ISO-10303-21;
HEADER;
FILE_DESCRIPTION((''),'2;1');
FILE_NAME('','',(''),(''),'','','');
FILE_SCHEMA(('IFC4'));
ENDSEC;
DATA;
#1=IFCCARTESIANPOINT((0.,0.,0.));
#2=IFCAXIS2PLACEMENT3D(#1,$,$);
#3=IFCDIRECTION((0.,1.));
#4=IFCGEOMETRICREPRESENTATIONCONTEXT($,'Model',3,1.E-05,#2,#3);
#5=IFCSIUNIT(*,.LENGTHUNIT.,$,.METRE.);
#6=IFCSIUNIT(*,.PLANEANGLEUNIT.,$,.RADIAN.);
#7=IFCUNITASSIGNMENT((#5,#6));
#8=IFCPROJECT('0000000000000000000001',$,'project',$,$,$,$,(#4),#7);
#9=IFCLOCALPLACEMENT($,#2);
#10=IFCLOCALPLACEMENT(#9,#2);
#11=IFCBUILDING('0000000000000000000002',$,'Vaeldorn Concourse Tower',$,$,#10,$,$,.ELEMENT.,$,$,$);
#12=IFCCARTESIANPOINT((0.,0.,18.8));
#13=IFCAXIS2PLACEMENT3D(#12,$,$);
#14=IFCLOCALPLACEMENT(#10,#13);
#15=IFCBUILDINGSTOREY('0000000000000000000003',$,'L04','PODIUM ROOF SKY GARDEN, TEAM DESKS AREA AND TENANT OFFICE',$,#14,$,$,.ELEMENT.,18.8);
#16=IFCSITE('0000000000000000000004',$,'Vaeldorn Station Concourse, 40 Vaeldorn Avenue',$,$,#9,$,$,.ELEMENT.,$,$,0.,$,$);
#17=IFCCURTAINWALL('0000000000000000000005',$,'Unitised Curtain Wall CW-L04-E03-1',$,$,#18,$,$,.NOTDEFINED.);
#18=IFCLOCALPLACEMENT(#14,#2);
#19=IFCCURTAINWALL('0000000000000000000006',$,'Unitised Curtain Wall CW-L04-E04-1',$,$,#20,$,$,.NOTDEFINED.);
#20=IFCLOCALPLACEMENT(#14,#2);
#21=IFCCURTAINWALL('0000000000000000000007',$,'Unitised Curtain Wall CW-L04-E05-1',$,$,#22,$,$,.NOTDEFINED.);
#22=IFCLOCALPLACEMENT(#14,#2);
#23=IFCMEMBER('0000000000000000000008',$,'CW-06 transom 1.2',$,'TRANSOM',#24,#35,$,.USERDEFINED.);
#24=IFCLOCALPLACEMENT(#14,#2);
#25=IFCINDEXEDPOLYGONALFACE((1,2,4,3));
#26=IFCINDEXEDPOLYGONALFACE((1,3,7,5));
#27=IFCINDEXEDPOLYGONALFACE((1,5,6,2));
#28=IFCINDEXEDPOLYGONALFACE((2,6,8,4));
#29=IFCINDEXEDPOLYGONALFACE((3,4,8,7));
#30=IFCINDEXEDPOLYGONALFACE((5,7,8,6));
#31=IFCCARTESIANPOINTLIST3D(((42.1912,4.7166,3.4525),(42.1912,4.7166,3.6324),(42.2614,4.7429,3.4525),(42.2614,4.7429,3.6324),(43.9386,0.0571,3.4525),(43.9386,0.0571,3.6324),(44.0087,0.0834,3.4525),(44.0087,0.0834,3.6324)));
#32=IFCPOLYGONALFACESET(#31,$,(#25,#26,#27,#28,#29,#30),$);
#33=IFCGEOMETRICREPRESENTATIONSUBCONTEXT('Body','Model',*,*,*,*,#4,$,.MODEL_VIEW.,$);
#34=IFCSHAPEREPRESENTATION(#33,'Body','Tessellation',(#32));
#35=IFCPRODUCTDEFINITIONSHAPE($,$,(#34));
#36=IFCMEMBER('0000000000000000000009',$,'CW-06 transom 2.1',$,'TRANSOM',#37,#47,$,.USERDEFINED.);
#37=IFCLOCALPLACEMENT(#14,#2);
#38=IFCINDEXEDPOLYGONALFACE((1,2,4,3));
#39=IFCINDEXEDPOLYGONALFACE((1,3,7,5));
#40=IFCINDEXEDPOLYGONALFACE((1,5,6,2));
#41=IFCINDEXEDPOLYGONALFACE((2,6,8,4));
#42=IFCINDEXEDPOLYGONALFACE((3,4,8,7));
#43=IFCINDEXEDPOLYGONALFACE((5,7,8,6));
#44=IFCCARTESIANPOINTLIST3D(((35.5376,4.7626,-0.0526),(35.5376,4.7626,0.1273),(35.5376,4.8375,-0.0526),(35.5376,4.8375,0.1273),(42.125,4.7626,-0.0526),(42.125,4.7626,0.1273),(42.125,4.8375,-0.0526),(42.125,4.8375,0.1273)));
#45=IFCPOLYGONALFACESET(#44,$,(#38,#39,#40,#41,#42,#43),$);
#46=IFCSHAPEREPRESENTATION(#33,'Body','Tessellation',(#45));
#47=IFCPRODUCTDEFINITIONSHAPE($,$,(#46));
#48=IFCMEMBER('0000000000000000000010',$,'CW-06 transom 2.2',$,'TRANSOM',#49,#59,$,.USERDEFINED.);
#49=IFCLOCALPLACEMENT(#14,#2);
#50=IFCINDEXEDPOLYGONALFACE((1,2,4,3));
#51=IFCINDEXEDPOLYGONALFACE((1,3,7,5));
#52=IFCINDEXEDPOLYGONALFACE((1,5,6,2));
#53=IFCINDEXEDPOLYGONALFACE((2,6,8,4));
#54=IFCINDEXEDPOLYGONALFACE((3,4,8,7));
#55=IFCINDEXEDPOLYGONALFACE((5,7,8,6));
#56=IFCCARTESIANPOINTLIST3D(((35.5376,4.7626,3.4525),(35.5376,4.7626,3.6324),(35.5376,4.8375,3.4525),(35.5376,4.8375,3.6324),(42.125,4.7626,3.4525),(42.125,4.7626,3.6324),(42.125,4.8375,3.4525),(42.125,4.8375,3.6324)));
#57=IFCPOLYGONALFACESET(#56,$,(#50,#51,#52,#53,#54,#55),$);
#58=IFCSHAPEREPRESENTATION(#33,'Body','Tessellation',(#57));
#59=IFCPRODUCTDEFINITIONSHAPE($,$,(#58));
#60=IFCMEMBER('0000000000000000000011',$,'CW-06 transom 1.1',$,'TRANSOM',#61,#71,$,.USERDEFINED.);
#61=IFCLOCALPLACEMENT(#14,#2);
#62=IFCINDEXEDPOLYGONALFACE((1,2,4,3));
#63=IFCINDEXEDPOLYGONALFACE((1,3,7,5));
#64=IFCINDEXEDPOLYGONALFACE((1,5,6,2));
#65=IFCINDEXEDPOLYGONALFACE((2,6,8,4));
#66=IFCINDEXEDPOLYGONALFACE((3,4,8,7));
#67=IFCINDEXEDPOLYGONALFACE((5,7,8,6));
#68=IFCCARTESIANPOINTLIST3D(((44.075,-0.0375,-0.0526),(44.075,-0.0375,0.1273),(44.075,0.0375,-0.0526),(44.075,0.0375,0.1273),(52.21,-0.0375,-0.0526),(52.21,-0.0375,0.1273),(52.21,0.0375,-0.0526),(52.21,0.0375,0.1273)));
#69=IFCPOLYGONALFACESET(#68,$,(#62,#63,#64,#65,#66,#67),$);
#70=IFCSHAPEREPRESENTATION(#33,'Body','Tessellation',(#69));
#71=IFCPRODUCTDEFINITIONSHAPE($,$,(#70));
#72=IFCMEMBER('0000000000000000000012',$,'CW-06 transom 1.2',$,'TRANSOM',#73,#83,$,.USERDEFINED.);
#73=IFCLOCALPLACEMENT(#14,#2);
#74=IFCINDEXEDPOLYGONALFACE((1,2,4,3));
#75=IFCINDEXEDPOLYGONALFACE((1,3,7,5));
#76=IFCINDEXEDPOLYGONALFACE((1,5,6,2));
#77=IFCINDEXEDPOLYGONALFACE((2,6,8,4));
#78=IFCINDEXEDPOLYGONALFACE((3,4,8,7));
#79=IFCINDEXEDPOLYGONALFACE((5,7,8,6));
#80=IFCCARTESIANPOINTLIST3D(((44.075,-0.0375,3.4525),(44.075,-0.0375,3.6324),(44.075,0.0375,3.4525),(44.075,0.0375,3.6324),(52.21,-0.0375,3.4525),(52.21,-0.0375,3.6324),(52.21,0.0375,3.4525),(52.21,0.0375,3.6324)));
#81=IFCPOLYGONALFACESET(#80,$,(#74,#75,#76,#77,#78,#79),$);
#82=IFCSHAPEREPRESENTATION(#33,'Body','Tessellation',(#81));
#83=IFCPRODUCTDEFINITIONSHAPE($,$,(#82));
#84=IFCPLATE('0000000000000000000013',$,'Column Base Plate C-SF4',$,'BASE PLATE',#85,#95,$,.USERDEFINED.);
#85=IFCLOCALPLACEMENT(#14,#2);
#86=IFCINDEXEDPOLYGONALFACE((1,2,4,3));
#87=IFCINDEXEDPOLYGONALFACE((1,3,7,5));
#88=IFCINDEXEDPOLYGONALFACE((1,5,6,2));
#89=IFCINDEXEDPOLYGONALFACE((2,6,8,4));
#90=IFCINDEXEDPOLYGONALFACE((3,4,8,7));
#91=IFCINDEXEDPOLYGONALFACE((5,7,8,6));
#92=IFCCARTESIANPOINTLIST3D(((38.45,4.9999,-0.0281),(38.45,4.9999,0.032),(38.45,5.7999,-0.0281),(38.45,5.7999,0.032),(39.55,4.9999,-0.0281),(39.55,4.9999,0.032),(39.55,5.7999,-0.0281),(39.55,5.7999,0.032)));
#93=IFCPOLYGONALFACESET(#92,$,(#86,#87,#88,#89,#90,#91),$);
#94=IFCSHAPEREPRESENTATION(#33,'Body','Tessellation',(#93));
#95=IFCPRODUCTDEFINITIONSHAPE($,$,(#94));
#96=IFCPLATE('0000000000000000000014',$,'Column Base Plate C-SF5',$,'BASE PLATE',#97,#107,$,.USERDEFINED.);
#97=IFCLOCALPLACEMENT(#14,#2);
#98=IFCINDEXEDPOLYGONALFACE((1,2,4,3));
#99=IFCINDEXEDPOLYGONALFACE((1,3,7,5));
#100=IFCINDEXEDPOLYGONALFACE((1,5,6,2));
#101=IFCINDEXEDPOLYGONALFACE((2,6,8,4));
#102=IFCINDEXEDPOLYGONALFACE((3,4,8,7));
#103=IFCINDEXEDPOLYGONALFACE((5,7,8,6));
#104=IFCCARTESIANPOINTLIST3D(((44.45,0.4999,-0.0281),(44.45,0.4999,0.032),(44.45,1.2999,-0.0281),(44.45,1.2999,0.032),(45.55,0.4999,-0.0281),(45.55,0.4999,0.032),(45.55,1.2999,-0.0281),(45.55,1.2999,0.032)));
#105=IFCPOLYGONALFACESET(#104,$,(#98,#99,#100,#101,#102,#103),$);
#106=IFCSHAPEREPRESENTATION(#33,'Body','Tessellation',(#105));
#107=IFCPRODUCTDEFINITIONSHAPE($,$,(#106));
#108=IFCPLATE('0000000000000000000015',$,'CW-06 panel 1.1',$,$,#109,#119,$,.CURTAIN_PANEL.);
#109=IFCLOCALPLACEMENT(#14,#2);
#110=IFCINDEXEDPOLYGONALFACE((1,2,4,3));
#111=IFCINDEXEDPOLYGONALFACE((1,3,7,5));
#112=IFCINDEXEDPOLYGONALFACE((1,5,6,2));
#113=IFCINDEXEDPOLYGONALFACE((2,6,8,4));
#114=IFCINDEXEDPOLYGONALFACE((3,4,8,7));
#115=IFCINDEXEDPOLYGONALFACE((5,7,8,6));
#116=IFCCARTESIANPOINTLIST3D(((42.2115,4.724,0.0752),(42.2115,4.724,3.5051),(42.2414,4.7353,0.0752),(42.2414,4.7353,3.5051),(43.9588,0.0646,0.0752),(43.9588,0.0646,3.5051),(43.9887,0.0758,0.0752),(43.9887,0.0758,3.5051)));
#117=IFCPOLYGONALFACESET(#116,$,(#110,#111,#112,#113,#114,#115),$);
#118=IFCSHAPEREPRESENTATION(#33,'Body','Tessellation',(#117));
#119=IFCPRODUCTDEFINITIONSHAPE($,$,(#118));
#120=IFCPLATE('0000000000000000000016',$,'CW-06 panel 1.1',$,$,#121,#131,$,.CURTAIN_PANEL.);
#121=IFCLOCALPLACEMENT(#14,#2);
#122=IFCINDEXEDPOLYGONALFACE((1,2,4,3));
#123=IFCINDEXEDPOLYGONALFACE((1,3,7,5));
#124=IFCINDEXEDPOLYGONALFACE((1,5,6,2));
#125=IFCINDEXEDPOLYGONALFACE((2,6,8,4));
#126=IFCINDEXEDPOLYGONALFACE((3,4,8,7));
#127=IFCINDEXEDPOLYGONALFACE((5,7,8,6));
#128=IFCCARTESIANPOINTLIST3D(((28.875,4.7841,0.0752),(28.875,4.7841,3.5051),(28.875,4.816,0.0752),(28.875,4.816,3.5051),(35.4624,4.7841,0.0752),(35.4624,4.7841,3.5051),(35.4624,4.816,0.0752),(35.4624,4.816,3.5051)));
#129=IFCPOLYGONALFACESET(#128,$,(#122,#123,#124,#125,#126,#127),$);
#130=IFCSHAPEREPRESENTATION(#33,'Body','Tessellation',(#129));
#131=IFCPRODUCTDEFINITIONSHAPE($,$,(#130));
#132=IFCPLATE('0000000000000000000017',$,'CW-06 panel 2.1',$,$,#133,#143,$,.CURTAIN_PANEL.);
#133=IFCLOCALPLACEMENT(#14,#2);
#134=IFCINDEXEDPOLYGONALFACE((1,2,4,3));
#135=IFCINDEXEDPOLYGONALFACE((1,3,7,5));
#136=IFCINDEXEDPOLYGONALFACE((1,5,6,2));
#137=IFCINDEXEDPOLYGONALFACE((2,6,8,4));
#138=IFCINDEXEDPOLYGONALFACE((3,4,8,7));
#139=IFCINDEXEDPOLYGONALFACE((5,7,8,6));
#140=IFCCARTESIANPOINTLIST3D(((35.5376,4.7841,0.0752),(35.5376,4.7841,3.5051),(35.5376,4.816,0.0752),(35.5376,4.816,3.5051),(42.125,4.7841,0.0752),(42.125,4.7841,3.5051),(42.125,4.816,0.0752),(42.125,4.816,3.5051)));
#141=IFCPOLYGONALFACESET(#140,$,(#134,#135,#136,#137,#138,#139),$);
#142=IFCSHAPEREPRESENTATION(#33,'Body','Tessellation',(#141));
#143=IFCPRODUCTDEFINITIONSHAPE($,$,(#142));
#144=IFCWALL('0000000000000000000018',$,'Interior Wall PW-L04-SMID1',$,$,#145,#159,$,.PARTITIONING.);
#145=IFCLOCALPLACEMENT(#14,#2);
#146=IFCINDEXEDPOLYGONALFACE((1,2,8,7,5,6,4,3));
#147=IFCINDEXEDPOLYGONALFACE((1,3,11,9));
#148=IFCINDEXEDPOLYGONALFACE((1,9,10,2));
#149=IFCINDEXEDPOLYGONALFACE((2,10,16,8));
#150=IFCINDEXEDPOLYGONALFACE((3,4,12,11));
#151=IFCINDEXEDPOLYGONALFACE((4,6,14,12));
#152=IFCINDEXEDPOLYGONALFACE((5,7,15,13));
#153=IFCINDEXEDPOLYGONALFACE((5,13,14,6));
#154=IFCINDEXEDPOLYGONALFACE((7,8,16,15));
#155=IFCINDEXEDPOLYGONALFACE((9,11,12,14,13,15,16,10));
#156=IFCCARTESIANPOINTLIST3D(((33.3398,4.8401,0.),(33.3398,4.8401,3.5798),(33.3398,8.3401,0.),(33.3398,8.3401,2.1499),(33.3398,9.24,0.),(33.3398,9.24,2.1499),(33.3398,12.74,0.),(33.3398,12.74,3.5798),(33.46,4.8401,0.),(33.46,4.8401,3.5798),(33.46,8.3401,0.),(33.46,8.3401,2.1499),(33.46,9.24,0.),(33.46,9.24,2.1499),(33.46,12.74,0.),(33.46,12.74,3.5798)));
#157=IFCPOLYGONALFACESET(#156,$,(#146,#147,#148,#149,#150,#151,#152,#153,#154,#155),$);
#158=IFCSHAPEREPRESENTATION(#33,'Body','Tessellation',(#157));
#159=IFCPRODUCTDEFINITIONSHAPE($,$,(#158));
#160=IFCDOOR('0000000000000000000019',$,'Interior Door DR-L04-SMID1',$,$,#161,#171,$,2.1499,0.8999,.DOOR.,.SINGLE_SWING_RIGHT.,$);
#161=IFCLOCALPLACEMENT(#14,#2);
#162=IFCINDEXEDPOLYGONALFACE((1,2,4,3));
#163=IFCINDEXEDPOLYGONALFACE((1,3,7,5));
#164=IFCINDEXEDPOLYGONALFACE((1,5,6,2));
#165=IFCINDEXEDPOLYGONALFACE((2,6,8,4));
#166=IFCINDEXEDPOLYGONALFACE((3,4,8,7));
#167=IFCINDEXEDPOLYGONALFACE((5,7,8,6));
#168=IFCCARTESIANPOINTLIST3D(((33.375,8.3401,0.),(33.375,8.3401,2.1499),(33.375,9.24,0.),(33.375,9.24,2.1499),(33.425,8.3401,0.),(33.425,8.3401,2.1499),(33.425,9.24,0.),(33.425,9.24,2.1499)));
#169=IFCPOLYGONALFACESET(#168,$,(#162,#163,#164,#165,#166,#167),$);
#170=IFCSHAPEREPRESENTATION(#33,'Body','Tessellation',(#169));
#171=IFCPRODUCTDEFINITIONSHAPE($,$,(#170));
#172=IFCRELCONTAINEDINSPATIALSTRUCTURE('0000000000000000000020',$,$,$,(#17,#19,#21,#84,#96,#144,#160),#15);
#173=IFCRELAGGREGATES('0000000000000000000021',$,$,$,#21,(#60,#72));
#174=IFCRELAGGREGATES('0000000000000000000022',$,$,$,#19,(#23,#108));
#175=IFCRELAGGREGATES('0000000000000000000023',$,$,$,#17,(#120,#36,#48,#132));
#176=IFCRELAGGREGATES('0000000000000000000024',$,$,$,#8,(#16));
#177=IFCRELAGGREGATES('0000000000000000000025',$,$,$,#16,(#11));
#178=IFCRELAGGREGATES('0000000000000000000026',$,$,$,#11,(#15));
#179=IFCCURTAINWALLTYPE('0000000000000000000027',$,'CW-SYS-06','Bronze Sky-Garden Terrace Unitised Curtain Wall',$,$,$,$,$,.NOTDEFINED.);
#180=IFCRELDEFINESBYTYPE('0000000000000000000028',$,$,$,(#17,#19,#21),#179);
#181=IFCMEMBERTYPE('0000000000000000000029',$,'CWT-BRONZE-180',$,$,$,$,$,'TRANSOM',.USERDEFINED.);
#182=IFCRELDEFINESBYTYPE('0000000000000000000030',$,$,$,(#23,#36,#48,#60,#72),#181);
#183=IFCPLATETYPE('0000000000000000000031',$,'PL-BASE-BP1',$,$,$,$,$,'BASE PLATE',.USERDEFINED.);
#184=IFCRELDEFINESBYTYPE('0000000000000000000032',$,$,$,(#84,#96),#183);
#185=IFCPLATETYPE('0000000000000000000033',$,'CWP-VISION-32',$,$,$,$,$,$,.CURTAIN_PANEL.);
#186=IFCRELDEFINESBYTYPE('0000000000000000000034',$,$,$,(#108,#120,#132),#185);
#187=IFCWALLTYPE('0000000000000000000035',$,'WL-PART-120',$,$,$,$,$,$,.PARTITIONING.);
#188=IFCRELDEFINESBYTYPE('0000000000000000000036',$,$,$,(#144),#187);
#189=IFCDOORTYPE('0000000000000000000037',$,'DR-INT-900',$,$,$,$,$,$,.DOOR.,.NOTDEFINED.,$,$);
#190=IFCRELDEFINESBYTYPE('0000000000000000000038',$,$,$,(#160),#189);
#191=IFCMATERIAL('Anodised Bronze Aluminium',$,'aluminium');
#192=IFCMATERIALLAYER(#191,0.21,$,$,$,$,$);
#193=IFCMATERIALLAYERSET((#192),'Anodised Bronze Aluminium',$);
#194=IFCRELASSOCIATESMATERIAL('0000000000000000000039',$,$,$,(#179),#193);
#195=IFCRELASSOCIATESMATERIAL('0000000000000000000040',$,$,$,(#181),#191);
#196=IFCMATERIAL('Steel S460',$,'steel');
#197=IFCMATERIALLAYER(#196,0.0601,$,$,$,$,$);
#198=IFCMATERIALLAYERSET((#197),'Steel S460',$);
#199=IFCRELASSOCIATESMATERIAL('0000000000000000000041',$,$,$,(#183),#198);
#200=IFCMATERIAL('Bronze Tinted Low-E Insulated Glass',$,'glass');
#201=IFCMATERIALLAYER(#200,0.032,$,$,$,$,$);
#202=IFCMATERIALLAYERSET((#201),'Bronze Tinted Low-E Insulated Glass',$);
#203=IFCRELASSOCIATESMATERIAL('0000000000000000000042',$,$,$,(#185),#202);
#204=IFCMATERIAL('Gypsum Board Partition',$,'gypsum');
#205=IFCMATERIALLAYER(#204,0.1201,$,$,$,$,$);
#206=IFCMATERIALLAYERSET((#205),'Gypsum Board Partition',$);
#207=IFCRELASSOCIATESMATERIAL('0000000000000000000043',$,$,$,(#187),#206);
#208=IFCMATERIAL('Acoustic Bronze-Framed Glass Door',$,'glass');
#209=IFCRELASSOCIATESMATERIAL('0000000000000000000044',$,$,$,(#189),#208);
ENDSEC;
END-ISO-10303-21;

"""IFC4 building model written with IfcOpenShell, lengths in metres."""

from ifc_helpers import new_model, si_unit, direction, frame, frame_2d, origin, origin_2d, place, context, subcontext, project, spatial, rectangle, extrude, source, transform, mapped, material, layer, layer_set, material_profile, profile_set, type_object, element, fill, aggregate, save


model = new_model("IFC4")

# Units and contexts
model_context = context("Model", 3, precision=1e-05, world=origin(), true_north=direction((0.0, 1.0)))
body_context = subcontext(model_context, "Body", "Model", "MODEL_VIEW")
ifc_project = project(units=[si_unit("LENGTHUNIT", "METRE"), si_unit("PLANEANGLEUNIT", "RADIAN")], contexts=[model_context])

# Site, building, storey
site_placement = place(None, origin())
site = spatial("IfcSite", under=ifc_project, at=site_placement, Name="Vaeldorn Station Concourse, 40 Vaeldorn Avenue", CompositionType="ELEMENT", RefElevation=0.0)
building_placement = place(site_placement, origin())
building = spatial("IfcBuilding", under=site, at=building_placement, Name="Vaeldorn Concourse Tower", CompositionType="ELEMENT")
storey_placement = place(building_placement, frame((0.0, 0.0, 18.8)))
storey = spatial("IfcBuildingStorey", under=building, at=storey_placement, Name="L04", Description="PODIUM ROOF SKY GARDEN, TEAM DESKS AREA AND TENANT OFFICE", CompositionType="ELEMENT", Elevation=18.8)

# Shared definitions
ifc_material_1 = material(Name="Steel S460", Category="steel")

# Curtain walls
ifc_material_2 = material(Name="Anodised Bronze Aluminium", Category="aluminium")
ifc_layer_1 = layer(ifc_material_2, 0.21)
ifc_layer_set_1 = layer_set([ifc_layer_1], Name="Anodised Bronze Aluminium")
curtain_wall_type = type_object("IfcCurtainWallType", Name="CW-SYS-06", Description="Bronze Sky-Garden Terrace Unitised Curtain Wall", PredefinedType="NOTDEFINED", material=ifc_layer_set_1)
curtain_wall_1_placement = place(storey_placement, origin())
curtain_wall_1 = element("IfcCurtainWall", 1, at=curtain_wall_1_placement, inside=storey, type_object=curtain_wall_type, Name="Unitised Curtain Wall CW-L04-E03-1", PredefinedType="NOTDEFINED")
curtain_wall_2_placement = place(storey_placement, origin())
curtain_wall_2 = element("IfcCurtainWall", 2, at=curtain_wall_2_placement, inside=storey, type_object=curtain_wall_type, Name="Unitised Curtain Wall CW-L04-E04-1", PredefinedType="NOTDEFINED")

# Curtain wall
curtain_wall_3_placement = place(storey_placement, origin())
curtain_wall_3 = element("IfcCurtainWall", 3, at=curtain_wall_3_placement, inside=storey, type_object=curtain_wall_type, Name="Unitised Curtain Wall CW-L04-E05-1", PredefinedType="NOTDEFINED")

# Members
ifc_material_profile_1 = material_profile(ifc_material_2, rectangle(XDim=0.075, YDim=0.1799, at=origin_2d()), Name="CWT 75x180")
ifc_profile_set_1 = profile_set([ifc_material_profile_1], Name="Anodised Bronze Aluminium")
member_type_1 = type_object("IfcMemberType", Name="CWT-BRONZE-180", ElementType="TRANSOM", PredefinedType="USERDEFINED", material=ifc_profile_set_1)
shared_shape_1 = source(origin(), body_context, "Body", "SweptSolid", [
    extrude(rectangle(XDim=0.075, YDim=0.1799, at=origin_2d()), origin(), (0.0, 0.0, 1.0), 4.9763),
])
member_1_placement = place(storey_placement, frame((42.2263, 4.7297, 3.5425), z_axis=(0.351129, -0.936327, 0.0), x_axis=(0.936327, 0.351129, 0.0)))
member_1 = element("IfcMember", 4, at=member_1_placement, type_object=member_type_1, Name="CW-06 transom 1.2", ObjectType="TRANSOM", PredefinedType="USERDEFINED", context=body_context, shape_type="MappedRepresentation", body=[
    mapped(shared_shape_1, transform((0.0, 0.0, 0.0), scale=1.0)),
])
shared_shape_2 = source(origin(), body_context, "Body", "SweptSolid", [
    extrude(rectangle(XDim=0.075, YDim=0.1799, at=origin_2d()), origin(), (0.0, 0.0, 1.0), 6.5874),
])
member_2_placement = place(storey_placement, frame((35.5376, 4.8, 0.0374), z_axis=(1.0, 0.0, 0.0), x_axis=(0.0, 1.0, 0.0)))
member_2 = element("IfcMember", 5, at=member_2_placement, type_object=member_type_1, Name="CW-06 transom 2.1", ObjectType="TRANSOM", PredefinedType="USERDEFINED", context=body_context, shape_type="MappedRepresentation", body=[
    mapped(shared_shape_2, transform((0.0, 0.0, 0.0), scale=1.0)),
])
member_3_placement = place(storey_placement, frame((35.5376, 4.8, 3.5425), z_axis=(1.0, 0.0, 0.0), x_axis=(0.0, 1.0, 0.0)))
member_3 = element("IfcMember", 6, at=member_3_placement, type_object=member_type_1, Name="CW-06 transom 2.2", ObjectType="TRANSOM", PredefinedType="USERDEFINED", context=body_context, shape_type="MappedRepresentation", body=[
    mapped(shared_shape_2, transform((0.0, 0.0, 0.0), scale=1.0)),
])
shared_shape_3 = source(origin(), body_context, "Body", "SweptSolid", [
    extrude(rectangle(XDim=0.075, YDim=0.1799, at=origin_2d()), origin(), (0.0, 0.0, 1.0), 8.135),
])
member_4_placement = place(storey_placement, frame((44.075, 0.0, 0.0374), z_axis=(1.0, 0.0, 0.0), x_axis=(0.0, 1.0, 0.0)))
member_4 = element("IfcMember", 7, at=member_4_placement, type_object=member_type_1, Name="CW-06 transom 1.1", ObjectType="TRANSOM", PredefinedType="USERDEFINED", context=body_context, shape_type="MappedRepresentation", body=[
    mapped(shared_shape_3, transform((0.0, 0.0, 0.0), scale=1.0)),
])
member_5_placement = place(storey_placement, frame((44.075, 0.0, 3.5425), z_axis=(1.0, 0.0, 0.0), x_axis=(0.0, 1.0, 0.0)))
member_5 = element("IfcMember", 8, at=member_5_placement, type_object=member_type_1, Name="CW-06 transom 1.2", ObjectType="TRANSOM", PredefinedType="USERDEFINED", context=body_context, shape_type="MappedRepresentation", body=[
    mapped(shared_shape_3, transform((0.0, 0.0, 0.0), scale=1.0)),
])
aggregate(curtain_wall_3, [member_4, member_5])

# Plates
ifc_layer_2 = layer(ifc_material_1, 0.0601)
ifc_layer_set_2 = layer_set([ifc_layer_2], Name="Steel S460")
plate_type_1 = type_object("IfcPlateType", Name="PL-BASE-BP1", ElementType="BASE PLATE", PredefinedType="USERDEFINED", material=ifc_layer_set_2)
shared_shape_4 = source(origin(), body_context, "Body", "SweptSolid", [
    extrude(rectangle(XDim=1.1001, YDim=0.8, at=origin_2d()), origin(), (0.0, 0.0, 1.0), 0.0601),
])
for number, where, z_axis, x_axis, name in (
    (9, (39.0, 5.3999, -0.0281), (0.0, 0.0, 1.0), (1.0, 0.0, 0.0), "Column Base Plate C-SF4"),
    (10, (45.0, 0.8999, -0.0281), (0.0, 0.0, 1.0), (1.0, 0.0, 0.0), "Column Base Plate C-SF5"),
):
    element("IfcPlate", number, at=place(storey_placement, frame(where, z_axis=z_axis, x_axis=x_axis)), inside=storey, type_object=plate_type_1, Name=name, ObjectType="BASE PLATE", PredefinedType="USERDEFINED", context=body_context, shape_type="MappedRepresentation", body=[
        mapped(shared_shape_4, transform((0.0, 0.0, 0.0), scale=1.0)),
    ])

# Plates
ifc_material_3 = material(Name="Bronze Tinted Low-E Insulated Glass", Category="glass")
ifc_layer_3 = layer(ifc_material_3, 0.032)
ifc_layer_set_3 = layer_set([ifc_layer_3], Name="Bronze Tinted Low-E Insulated Glass")
plate_type_2 = type_object("IfcPlateType", Name="CWP-VISION-32", PredefinedType="CURTAIN_PANEL", material=ifc_layer_set_3)
shared_shape_5 = source(origin(), body_context, "Body", "SweptSolid", [
    extrude(rectangle(XDim=4.9763, YDim=0.032, at=origin_2d()), origin(), (0.0, 0.0, 1.0), 3.4299),
])
plate_1_placement = place(storey_placement, frame((43.1001, 2.3999, 0.0752), z_axis=(0.0, 0.0, 1.0), x_axis=(0.351123, -0.936329, 0.0)))
plate_1 = element("IfcPlate", 11, at=plate_1_placement, type_object=plate_type_2, Name="CW-06 panel 1.1", PredefinedType="CURTAIN_PANEL", context=body_context, shape_type="MappedRepresentation", body=[
    mapped(shared_shape_5, transform((0.0, 0.0, 0.0), scale=1.0)),
])
aggregate(curtain_wall_2, [member_1, plate_1])
shared_shape_6 = source(origin(), body_context, "Body", "SweptSolid", [
    extrude(rectangle(XDim=6.5874, YDim=0.032, at=origin_2d()), origin(), (0.0, 0.0, 1.0), 3.4299),
])
plate_2_placement = place(storey_placement, frame((32.1687, 4.8, 0.0752), z_axis=(0.0, 0.0, 1.0), x_axis=(1.0, 0.0, 0.0)))
plate_2 = element("IfcPlate", 12, at=plate_2_placement, type_object=plate_type_2, Name="CW-06 panel 1.1", PredefinedType="CURTAIN_PANEL", context=body_context, shape_type="MappedRepresentation", body=[
    mapped(shared_shape_6, transform((0.0, 0.0, 0.0), scale=1.0)),
])
plate_3_placement = place(storey_placement, frame((38.8313, 4.8, 0.0752), z_axis=(0.0, 0.0, 1.0), x_axis=(1.0, 0.0, 0.0)))
plate_3 = element("IfcPlate", 13, at=plate_3_placement, type_object=plate_type_2, Name="CW-06 panel 2.1", PredefinedType="CURTAIN_PANEL", context=body_context, shape_type="MappedRepresentation", body=[
    mapped(shared_shape_6, transform((0.0, 0.0, 0.0), scale=1.0)),
])
aggregate(curtain_wall_1, [plate_2, member_2, member_3, plate_3])

# Wall, opening, door
ifc_material_4 = material(Name="Gypsum Board Partition", Category="gypsum")
ifc_layer_4 = layer(ifc_material_4, 0.1201)
ifc_layer_set_4 = layer_set([ifc_layer_4], Name="Gypsum Board Partition")
wall_type = type_object("IfcWallType", Name="WL-PART-120", PredefinedType="PARTITIONING", material=ifc_layer_set_4)
wall_placement = place(storey_placement, frame((33.3999, 4.8401, 0.0), z_axis=(0.0, 0.0, 1.0), x_axis=(0.0, 1.0, 0.0)))
wall = element("IfcWall", 14, at=wall_placement, inside=storey, type_object=wall_type, Name="Interior Wall PW-L04-SMID1", PredefinedType="PARTITIONING", context=body_context, shape_type="SweptSolid", body=[
    extrude(rectangle(XDim=7.8999, YDim=0.1201, at=frame_2d((3.95, 0.0))), origin(), (0.0, 0.0, 1.0), 3.5798),
])
opening_placement = place(wall_placement, frame((3.5, 0.0, 0.0)))
opening = element("IfcOpeningElement", 15, at=opening_placement, cuts=wall, PredefinedType="OPENING", context=body_context, shape_type="SweptSolid", body=[
    extrude(rectangle(XDim=0.8999, YDim=2.1499, at=frame_2d((0.45, 1.075))), frame((0.0, 0.0701, 0.0), z_axis=(0.0, -1.0, 0.0), x_axis=(1.0, 0.0, 0.0)), (0.0, 0.0, 1.0), 0.1401),
])
ifc_material_5 = material(Name="Acoustic Bronze-Framed Glass Door", Category="glass")
door_type = type_object("IfcDoorType", Name="DR-INT-900", OperationType="NOTDEFINED", PredefinedType="DOOR", material=ifc_material_5)
shared_shape_7 = source(origin(), body_context, "Body", "SweptSolid", [
    extrude(rectangle(XDim=0.8999, YDim=2.1499, at=frame_2d((0.45, 1.075))), frame((0.0, 0.0249, 0.0), z_axis=(0.0, -1.0, 0.0), x_axis=(1.0, 0.0, 0.0)), (0.0, 0.0, 1.0), 0.05),
])
door_placement = place(opening_placement, origin())
door = element("IfcDoor", 16, at=door_placement, inside=storey, type_object=door_type, Name="Interior Door DR-L04-SMID1", OperationType="SINGLE_SWING_RIGHT", OverallHeight=2.1499, OverallWidth=0.8999, PredefinedType="DOOR", context=body_context, shape_type="MappedRepresentation", body=[
    mapped(shared_shape_7, transform((0.0, 0.0, 0.0), scale=1.0)),
])
fill(opening, door)

save(model, "model.ifc")
